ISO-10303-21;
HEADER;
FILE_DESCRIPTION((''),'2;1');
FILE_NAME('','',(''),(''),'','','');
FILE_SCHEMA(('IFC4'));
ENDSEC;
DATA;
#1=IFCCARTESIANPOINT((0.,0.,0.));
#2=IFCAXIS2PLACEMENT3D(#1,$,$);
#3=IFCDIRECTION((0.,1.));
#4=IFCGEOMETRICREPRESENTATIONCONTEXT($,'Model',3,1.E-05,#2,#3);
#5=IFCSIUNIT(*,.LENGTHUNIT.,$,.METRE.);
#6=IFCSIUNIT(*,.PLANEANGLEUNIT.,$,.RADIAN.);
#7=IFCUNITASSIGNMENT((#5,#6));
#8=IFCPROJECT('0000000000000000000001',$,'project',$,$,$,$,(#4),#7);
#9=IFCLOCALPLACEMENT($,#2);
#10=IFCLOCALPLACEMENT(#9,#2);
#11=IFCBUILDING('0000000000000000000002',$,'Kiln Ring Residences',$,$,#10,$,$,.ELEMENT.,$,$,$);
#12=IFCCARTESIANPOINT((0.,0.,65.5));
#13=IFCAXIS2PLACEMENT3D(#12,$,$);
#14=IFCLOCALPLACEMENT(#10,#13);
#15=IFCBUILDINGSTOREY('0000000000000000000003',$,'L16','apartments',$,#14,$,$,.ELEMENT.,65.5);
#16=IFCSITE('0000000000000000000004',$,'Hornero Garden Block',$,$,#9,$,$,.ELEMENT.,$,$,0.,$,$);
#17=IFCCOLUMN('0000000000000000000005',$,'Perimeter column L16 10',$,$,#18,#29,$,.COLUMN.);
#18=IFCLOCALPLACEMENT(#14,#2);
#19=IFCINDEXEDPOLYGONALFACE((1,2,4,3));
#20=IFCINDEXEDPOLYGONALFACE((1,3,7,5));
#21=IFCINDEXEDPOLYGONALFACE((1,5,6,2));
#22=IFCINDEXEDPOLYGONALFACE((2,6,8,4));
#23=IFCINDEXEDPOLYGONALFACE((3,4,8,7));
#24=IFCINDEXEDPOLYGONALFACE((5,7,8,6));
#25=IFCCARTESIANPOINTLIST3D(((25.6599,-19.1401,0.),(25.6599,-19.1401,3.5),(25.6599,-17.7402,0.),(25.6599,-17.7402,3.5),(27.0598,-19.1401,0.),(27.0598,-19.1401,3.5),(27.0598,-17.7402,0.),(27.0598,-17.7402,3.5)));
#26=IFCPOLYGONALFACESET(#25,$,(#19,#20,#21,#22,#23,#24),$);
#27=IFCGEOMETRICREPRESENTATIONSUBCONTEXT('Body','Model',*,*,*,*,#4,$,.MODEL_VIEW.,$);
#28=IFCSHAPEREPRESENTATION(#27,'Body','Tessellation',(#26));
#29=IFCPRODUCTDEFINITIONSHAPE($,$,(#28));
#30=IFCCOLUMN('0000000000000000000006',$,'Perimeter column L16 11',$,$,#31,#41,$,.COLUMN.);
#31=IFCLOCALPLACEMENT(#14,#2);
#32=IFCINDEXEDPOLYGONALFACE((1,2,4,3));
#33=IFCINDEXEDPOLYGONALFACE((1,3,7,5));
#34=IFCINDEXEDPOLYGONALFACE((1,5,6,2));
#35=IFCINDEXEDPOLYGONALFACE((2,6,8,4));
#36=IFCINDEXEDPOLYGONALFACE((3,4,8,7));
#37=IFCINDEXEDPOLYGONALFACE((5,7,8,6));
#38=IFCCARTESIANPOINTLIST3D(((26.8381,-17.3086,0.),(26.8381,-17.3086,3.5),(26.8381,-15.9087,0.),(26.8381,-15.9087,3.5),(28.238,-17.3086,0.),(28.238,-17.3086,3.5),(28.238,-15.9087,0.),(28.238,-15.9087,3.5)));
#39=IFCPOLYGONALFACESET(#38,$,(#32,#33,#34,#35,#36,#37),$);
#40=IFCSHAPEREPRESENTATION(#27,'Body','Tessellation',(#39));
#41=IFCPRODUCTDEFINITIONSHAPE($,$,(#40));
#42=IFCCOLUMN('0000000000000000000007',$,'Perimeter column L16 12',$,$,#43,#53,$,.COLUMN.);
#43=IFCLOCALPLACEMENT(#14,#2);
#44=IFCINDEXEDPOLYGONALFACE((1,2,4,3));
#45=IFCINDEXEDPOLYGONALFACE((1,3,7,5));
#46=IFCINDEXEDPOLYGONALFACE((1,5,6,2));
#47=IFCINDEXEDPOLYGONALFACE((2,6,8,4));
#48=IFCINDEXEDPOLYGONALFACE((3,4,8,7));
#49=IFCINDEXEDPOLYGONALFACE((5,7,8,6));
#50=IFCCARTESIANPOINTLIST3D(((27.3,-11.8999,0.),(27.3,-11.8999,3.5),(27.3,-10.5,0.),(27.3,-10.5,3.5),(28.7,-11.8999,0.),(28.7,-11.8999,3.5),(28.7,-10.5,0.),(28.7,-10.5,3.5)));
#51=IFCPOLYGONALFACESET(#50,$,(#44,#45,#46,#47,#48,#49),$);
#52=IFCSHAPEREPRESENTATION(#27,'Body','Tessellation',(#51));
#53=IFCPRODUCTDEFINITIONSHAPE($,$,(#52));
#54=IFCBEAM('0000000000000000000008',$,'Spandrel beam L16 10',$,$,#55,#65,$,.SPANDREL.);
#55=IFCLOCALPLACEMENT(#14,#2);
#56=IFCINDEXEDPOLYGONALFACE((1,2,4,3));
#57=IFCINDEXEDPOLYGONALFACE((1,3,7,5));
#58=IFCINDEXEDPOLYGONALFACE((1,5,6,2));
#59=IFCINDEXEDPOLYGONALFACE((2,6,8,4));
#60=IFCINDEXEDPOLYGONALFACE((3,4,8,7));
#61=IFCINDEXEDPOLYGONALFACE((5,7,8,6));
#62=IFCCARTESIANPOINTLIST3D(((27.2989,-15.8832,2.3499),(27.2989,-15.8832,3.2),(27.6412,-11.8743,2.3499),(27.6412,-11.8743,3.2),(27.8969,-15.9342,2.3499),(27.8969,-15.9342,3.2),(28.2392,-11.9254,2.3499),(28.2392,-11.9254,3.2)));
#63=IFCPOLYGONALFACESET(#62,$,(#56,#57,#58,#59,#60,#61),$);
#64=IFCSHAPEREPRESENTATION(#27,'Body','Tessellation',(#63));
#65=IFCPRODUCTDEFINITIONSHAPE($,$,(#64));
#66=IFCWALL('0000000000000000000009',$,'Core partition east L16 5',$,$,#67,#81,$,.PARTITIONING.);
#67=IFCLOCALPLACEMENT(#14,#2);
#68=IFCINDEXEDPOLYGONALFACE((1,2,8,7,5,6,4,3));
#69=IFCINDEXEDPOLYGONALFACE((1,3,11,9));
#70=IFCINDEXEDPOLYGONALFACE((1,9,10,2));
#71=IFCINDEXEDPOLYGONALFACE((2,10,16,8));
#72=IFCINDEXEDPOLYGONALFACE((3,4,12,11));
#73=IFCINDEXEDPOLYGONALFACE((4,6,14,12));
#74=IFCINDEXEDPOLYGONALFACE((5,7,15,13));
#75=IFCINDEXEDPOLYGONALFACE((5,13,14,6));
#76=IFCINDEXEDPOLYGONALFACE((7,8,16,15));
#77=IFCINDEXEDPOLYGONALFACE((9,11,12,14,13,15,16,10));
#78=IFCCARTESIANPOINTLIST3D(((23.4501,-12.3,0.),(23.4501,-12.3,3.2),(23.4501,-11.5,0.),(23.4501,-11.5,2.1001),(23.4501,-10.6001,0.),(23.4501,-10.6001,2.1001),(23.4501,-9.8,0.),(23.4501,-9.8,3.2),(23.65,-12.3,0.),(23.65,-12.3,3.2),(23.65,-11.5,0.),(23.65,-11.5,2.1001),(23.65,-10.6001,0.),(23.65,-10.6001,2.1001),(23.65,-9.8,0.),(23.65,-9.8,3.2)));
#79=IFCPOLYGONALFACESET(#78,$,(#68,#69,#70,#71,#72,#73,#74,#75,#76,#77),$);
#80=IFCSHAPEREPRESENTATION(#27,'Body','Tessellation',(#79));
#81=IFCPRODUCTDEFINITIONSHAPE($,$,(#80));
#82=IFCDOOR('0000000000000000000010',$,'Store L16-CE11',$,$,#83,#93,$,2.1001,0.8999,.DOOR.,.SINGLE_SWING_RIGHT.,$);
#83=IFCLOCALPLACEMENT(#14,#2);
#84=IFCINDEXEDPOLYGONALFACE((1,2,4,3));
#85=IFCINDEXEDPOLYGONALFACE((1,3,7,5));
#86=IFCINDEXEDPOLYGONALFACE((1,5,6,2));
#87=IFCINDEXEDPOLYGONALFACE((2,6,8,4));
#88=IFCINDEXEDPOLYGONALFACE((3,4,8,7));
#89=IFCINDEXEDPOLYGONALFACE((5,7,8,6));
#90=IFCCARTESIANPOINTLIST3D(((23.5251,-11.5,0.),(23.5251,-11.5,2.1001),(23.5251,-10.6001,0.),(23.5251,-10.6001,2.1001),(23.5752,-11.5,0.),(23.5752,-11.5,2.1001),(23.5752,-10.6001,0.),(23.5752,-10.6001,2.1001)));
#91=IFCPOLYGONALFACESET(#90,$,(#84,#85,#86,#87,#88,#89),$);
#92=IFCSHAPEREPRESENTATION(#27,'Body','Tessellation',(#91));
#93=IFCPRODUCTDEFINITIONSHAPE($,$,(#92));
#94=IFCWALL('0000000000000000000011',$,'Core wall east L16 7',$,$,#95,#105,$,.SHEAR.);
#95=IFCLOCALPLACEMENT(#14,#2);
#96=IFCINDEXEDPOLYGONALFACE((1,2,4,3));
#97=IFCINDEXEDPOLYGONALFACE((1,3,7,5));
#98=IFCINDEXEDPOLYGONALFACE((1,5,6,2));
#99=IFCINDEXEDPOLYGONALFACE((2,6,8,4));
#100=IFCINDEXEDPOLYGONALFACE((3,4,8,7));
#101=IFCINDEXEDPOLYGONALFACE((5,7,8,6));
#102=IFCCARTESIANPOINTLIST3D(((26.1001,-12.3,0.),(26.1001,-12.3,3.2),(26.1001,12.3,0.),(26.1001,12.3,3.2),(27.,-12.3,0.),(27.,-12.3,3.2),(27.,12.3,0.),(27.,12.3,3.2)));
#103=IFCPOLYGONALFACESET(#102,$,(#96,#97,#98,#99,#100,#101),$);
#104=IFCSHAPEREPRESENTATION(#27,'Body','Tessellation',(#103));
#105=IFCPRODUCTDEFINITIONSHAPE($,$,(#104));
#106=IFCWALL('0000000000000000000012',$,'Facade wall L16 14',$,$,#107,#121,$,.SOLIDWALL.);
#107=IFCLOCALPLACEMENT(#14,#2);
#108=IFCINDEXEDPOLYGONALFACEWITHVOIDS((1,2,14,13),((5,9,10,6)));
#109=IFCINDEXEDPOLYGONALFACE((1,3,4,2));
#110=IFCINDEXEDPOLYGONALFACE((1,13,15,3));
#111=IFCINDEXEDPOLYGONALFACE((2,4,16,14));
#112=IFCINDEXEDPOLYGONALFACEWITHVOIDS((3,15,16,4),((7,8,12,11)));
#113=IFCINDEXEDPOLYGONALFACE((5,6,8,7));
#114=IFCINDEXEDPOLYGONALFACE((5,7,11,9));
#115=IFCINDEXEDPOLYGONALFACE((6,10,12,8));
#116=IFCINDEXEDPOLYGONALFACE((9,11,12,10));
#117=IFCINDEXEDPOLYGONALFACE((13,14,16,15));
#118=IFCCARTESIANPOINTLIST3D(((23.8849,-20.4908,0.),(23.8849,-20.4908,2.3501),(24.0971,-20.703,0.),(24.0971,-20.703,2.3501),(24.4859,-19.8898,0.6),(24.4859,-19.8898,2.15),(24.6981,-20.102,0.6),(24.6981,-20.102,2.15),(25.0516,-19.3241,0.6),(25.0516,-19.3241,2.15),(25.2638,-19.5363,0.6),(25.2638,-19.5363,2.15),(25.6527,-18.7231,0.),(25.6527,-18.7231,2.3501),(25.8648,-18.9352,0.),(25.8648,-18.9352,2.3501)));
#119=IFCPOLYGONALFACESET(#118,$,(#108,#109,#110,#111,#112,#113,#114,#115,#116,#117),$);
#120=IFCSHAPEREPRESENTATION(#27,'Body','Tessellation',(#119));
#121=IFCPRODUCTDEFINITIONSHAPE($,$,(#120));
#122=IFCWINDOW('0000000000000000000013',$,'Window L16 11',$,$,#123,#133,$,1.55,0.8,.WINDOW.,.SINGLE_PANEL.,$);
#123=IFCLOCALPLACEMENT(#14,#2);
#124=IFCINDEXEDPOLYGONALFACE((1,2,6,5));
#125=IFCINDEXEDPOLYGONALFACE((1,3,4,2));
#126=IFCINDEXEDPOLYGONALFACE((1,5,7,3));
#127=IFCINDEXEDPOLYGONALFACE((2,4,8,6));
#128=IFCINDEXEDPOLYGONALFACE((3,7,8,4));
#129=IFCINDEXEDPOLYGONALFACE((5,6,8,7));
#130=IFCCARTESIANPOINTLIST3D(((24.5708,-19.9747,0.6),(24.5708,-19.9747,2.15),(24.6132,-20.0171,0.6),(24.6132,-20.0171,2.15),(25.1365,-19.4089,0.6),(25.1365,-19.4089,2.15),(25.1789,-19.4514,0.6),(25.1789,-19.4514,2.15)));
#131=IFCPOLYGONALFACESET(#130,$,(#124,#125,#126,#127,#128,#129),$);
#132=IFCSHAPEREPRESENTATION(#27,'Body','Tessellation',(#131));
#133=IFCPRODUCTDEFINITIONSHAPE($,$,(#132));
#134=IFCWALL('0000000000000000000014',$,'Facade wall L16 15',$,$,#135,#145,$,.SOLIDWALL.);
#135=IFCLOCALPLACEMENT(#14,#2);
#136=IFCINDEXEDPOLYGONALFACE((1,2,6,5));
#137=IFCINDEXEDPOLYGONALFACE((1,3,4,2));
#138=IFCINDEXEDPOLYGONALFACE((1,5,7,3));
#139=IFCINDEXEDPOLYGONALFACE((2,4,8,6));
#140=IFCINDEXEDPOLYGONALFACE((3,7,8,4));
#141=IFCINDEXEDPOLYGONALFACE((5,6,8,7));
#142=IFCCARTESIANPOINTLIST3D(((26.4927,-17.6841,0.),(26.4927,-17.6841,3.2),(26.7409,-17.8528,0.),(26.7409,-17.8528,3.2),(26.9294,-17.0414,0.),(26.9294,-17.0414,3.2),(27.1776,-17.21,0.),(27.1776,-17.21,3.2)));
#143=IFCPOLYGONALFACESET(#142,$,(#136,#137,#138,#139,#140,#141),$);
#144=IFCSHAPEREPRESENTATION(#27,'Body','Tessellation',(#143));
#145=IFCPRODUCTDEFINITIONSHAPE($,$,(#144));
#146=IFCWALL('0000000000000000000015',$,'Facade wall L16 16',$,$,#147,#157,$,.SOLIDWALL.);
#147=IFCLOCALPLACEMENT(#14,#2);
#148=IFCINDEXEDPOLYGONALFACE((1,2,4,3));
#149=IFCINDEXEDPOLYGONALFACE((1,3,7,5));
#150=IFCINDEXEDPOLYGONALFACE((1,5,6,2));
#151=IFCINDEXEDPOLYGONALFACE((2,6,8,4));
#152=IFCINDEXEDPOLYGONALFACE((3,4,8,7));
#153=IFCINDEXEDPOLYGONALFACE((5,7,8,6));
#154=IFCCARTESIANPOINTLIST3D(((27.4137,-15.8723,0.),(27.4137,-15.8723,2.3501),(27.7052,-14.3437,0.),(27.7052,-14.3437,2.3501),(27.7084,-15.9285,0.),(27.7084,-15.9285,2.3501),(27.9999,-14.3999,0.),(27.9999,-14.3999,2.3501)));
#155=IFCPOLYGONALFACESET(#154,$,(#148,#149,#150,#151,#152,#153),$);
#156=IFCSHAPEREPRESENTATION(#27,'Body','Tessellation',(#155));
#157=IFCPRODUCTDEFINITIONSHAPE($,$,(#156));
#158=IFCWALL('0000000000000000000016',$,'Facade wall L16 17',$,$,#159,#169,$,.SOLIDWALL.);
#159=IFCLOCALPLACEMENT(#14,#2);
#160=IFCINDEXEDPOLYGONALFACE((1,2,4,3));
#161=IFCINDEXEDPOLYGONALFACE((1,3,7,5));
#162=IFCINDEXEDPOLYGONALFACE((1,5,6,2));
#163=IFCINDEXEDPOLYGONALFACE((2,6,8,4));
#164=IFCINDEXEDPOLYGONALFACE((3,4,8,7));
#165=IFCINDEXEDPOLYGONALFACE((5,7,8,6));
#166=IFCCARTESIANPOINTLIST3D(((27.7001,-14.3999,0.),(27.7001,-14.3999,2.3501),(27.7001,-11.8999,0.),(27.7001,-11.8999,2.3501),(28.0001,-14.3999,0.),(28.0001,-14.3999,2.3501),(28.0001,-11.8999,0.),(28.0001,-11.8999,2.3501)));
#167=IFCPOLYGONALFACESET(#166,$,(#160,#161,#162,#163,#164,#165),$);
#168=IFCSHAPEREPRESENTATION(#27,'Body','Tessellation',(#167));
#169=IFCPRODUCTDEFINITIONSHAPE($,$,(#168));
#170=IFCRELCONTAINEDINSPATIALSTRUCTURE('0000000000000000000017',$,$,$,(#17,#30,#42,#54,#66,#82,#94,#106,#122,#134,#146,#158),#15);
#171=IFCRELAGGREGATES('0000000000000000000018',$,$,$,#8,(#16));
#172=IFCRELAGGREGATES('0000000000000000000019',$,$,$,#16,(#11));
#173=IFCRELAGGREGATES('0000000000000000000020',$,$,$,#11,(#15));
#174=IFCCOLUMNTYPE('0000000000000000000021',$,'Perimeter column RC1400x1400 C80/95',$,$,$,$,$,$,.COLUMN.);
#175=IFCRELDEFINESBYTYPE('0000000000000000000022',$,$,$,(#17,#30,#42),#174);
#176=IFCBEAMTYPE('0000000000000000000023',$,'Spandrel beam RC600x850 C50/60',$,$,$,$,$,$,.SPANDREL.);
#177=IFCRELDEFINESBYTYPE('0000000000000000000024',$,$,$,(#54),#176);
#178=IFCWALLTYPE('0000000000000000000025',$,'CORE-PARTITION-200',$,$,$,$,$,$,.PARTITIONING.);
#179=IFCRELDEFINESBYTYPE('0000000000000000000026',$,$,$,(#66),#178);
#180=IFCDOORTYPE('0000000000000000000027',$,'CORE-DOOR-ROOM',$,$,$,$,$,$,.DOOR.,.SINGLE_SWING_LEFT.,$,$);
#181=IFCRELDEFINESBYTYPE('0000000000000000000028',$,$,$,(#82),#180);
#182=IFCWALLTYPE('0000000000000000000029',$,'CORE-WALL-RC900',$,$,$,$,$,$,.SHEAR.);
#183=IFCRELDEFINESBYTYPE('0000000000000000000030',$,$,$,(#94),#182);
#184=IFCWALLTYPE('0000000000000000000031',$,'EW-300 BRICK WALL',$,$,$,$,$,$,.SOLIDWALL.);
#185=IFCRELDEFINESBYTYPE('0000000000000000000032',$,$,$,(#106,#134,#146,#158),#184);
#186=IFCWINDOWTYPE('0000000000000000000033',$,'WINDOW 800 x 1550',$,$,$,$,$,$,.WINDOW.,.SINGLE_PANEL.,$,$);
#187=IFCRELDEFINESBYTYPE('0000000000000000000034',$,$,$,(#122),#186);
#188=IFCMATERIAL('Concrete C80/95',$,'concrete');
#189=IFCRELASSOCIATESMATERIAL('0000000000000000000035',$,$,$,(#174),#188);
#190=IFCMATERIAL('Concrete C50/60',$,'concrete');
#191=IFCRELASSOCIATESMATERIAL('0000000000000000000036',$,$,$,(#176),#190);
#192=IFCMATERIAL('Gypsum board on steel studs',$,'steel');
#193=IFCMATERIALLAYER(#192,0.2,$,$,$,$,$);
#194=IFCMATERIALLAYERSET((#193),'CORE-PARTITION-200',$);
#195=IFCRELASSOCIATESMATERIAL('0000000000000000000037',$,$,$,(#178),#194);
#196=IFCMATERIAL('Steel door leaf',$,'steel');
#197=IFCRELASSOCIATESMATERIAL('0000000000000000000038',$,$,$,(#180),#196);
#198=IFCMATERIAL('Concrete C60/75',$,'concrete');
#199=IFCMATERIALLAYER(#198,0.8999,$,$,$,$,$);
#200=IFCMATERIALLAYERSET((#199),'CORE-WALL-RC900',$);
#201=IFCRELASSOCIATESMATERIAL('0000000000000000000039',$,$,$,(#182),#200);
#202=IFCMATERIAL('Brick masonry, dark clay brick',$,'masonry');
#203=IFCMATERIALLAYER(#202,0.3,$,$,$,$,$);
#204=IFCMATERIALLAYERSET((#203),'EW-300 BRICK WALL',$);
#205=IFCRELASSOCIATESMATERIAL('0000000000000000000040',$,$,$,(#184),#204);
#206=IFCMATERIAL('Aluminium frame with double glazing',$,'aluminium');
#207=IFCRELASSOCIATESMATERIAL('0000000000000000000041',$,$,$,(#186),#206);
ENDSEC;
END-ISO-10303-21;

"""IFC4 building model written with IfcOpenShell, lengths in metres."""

from ifc_helpers import new_model, si_unit, direction, frame, frame_2d, origin, origin_2d, place, context, subcontext, project, spatial, rectangle, extrude, material, layer, layer_set, material_profile, profile_set, type_object, element, fill, save


model = new_model("IFC4")

# Units and contexts
model_context = context("Model", 3, precision=1e-05, world=origin(), true_north=direction((0.0, 1.0)))
body_context = subcontext(model_context, "Body", "Model", "MODEL_VIEW")
ifc_project = project(units=[si_unit("LENGTHUNIT", "METRE"), si_unit("PLANEANGLEUNIT", "RADIAN")], contexts=[model_context])

# Site, building, storey
site_placement = place(None, origin())
site = spatial("IfcSite", under=ifc_project, at=site_placement, Name="Hornero Garden Block", CompositionType="ELEMENT", RefElevation=0.0)
building_placement = place(site_placement, origin())
building = spatial("IfcBuilding", under=site, at=building_placement, Name="Kiln Ring Residences", CompositionType="ELEMENT")
storey_placement = place(building_placement, frame((0.0, 0.0, 65.5)))
storey = spatial("IfcBuildingStorey", under=building, at=storey_placement, Name="L16", Description="apartments", CompositionType="ELEMENT", Elevation=65.5)

# Columns
ifc_material_1 = material(Name="Concrete C80/95", Category="concrete")
ifc_material_profile_1 = material_profile(ifc_material_1, rectangle(XDim=1.3999, YDim=1.3999, at=origin_2d()), Name="RC1400x1400")
ifc_profile_set_1 = profile_set([ifc_material_profile_1], Name="Concrete C80/95")
column_type = type_object("IfcColumnType", Name="Perimeter column RC1400x1400 C80/95", PredefinedType="COLUMN", material=ifc_profile_set_1)
for number, where, z_axis, x_axis, name in (
    (1, (26.3599, -18.4402, 0.0), (0.0, 0.0, 1.0), (1.0, 0.0, 0.0), "Perimeter column L16 10"),
    (2, (27.5381, -16.6086, 0.0), (0.0, 0.0, 1.0), (1.0, 0.0, 0.0), "Perimeter column L16 11"),
    (3, (28.0, -11.2, 0.0), (0.0, 0.0, 1.0), (1.0, 0.0, 0.0), "Perimeter column L16 12"),
):
    element("IfcColumn", number, at=place(storey_placement, frame(where, z_axis=z_axis, x_axis=x_axis)), inside=storey, type_object=column_type, Name=name, PredefinedType="COLUMN", context=body_context, shape_type="SweptSolid", body=[
        extrude(rectangle(XDim=1.3999, YDim=1.3999, at=origin_2d()), origin(), (0.0, 0.0, 1.0), 3.5),
    ])

# Beam
ifc_material_2 = material(Name="Concrete C50/60", Category="concrete")
ifc_material_profile_2 = material_profile(ifc_material_2, rectangle(XDim=0.6001, YDim=0.8501, at=origin_2d()), Name="RC600x850")
ifc_profile_set_2 = profile_set([ifc_material_profile_2], Name="Concrete C50/60")
beam_type = type_object("IfcBeamType", Name="Spandrel beam RC600x850 C50/60", PredefinedType="SPANDREL", material=ifc_profile_set_2)
beam_placement = place(storey_placement, frame((27.5979, -15.9087, 2.7749), z_axis=(0.085074, 0.996375, 0.0), x_axis=(-0.996375, 0.085074, 0.0)))
element("IfcBeam", 4, at=beam_placement, inside=storey, type_object=beam_type, Name="Spandrel beam L16 10", PredefinedType="SPANDREL", context=body_context, shape_type="SweptSolid", body=[
    extrude(rectangle(XDim=0.6001, YDim=0.8501, at=origin_2d()), origin(), (0.0, 0.0, 1.0), 4.0234),
])

# Wall, opening, door
ifc_material_3 = material(Name="Gypsum board on steel studs", Category="steel")
ifc_layer_1 = layer(ifc_material_3, 0.2)
ifc_layer_set_1 = layer_set([ifc_layer_1], Name="CORE-PARTITION-200")
wall_type_1 = type_object("IfcWallType", Name="CORE-PARTITION-200", PredefinedType="PARTITIONING", material=ifc_layer_set_1)
wall_1_placement = place(storey_placement, frame((23.55, -12.3, 0.0), z_axis=(0.0, 0.0, 1.0), x_axis=(0.0, 1.0, 0.0)))
wall_1 = element("IfcWall", 5, at=wall_1_placement, inside=storey, type_object=wall_type_1, Name="Core partition east L16 5", PredefinedType="PARTITIONING", context=body_context, shape_type="SweptSolid", body=[
    extrude(rectangle(XDim=2.5, YDim=0.2, at=frame_2d((1.25, 0.0))), origin(), (0.0, 0.0, 1.0), 3.2),
])
opening_1_placement = place(wall_1_placement, frame((0.8, 0.0, 0.0)))
opening_1 = element("IfcOpeningElement", 6, at=opening_1_placement, cuts=wall_1, PredefinedType="OPENING", context=body_context, shape_type="SweptSolid", body=[
    extrude(rectangle(XDim=0.8999, YDim=2.1001, at=frame_2d((0.45, 1.05))), frame((0.0, 0.1099, 0.0), z_axis=(0.0, -1.0, 0.0), x_axis=(1.0, 0.0, 0.0)), (0.0, 0.0, 1.0), 0.22),
])
ifc_material_4 = material(Name="Steel door leaf", Category="steel")
door_type = type_object("IfcDoorType", Name="CORE-DOOR-ROOM", OperationType="SINGLE_SWING_LEFT", PredefinedType="DOOR", material=ifc_material_4)
door_placement = place(opening_1_placement, origin())
door = element("IfcDoor", 7, at=door_placement, inside=storey, type_object=door_type, Name="Store L16-CE11", OperationType="SINGLE_SWING_RIGHT", OverallHeight=2.1001, OverallWidth=0.8999, PredefinedType="DOOR", context=body_context, shape_type="SweptSolid", body=[
    extrude(rectangle(XDim=0.8999, YDim=2.1001, at=frame_2d((0.45, 1.05))), frame((0.0, 0.0249, 0.0), z_axis=(0.0, -1.0, 0.0), x_axis=(1.0, 0.0, 0.0)), (0.0, 0.0, 1.0), 0.05),
])
fill(opening_1, door)

# Wall
ifc_material_5 = material(Name="Concrete C60/75", Category="concrete")
ifc_layer_2 = layer(ifc_material_5, 0.8999)
ifc_layer_set_2 = layer_set([ifc_layer_2], Name="CORE-WALL-RC900")
wall_type_2 = type_object("IfcWallType", Name="CORE-WALL-RC900", PredefinedType="SHEAR", material=ifc_layer_set_2)
wall_2_placement = place(storey_placement, frame((26.55, -12.3, 0.0), z_axis=(0.0, 0.0, 1.0), x_axis=(0.0, 1.0, 0.0)))
element("IfcWall", 8, at=wall_2_placement, inside=storey, type_object=wall_type_2, Name="Core wall east L16 7", PredefinedType="SHEAR", context=body_context, shape_type="SweptSolid", body=[
    extrude(rectangle(XDim=24.6001, YDim=0.8999, at=frame_2d((12.3, 0.0))), origin(), (0.0, 0.0, 1.0), 3.2),
])

# Wall, opening, window
ifc_material_6 = material(Name="Brick masonry, dark clay brick", Category="masonry")
ifc_layer_3 = layer(ifc_material_6, 0.3)
ifc_layer_set_3 = layer_set([ifc_layer_3], Name="EW-300 BRICK WALL")
wall_type_3 = type_object("IfcWallType", Name="EW-300 BRICK WALL", PredefinedType="SOLIDWALL", material=ifc_layer_set_3)
wall_3_placement = place(storey_placement, frame((23.991, -20.5969, 0.0), z_axis=(0.0, 0.0, 1.0), x_axis=(0.707107, 0.707107, 0.0)))
wall_3 = element("IfcWall", 9, at=wall_3_placement, inside=storey, type_object=wall_type_3, Name="Facade wall L16 14", PredefinedType="SOLIDWALL", context=body_context, shape_type="SweptSolid", body=[
    extrude(rectangle(XDim=2.5, YDim=0.3, at=frame_2d((1.25, 0.0))), origin(), (0.0, 0.0, 1.0), 2.3501),
])
opening_2_placement = place(wall_3_placement, frame((0.8501, 0.0, 0.6001)))
opening_2 = element("IfcOpeningElement", 10, at=opening_2_placement, cuts=wall_3, PredefinedType="OPENING", context=body_context, shape_type="SweptSolid", body=[
    extrude(rectangle(XDim=0.8, YDim=1.55, at=frame_2d((0.3999, 0.7749))), frame((0.0, 0.1599, 0.0), z_axis=(0.0, -1.0, 0.0), x_axis=(1.0, 0.0, 0.0)), (0.0, 0.0, 1.0), 0.3201),
])
ifc_material_7 = material(Name="Aluminium frame with double glazing", Category="aluminium")
window_type = type_object("IfcWindowType", Name="WINDOW 800 x 1550", PartitioningType="SINGLE_PANEL", PredefinedType="WINDOW", material=ifc_material_7)
window_placement = place(opening_2_placement, origin())
window = element("IfcWindow", 11, at=window_placement, inside=storey, type_object=window_type, Name="Window L16 11", OverallHeight=1.55, OverallWidth=0.8, PartitioningType="SINGLE_PANEL", PredefinedType="WINDOW", context=body_context, shape_type="SweptSolid", body=[
    extrude(rectangle(XDim=0.8, YDim=1.55, at=frame_2d((0.3999, 0.7749))), frame((0.0, 0.03, 0.0), z_axis=(0.0, -1.0, 0.0), x_axis=(1.0, 0.0, 0.0)), (0.0, 0.0, 1.0), 0.0601),
])
fill(opening_2, window)

# Walls
wall_4_placement = place(storey_placement, frame((26.6167, -17.7686, 0.0), z_axis=(0.0, 0.0, 1.0), x_axis=(0.562001, 0.827137, 0.0)))
element("IfcWall", 12, at=wall_4_placement, inside=storey, type_object=wall_type_3, Name="Facade wall L16 15", PredefinedType="SOLIDWALL", context=body_context, shape_type="SweptSolid", body=[
    extrude(rectangle(XDim=0.7771, YDim=0.3, at=frame_2d((0.3887, 0.0))), origin(), (0.0, 0.0, 1.0), 3.2),
])
wall_5_placement = place(storey_placement, frame((27.561, -15.9004, 0.0), z_axis=(0.0, 0.0, 1.0), x_axis=(0.187328, 0.982297, 0.0)))
element("IfcWall", 13, at=wall_5_placement, inside=storey, type_object=wall_type_3, Name="Facade wall L16 16", PredefinedType="SOLIDWALL", context=body_context, shape_type="SweptSolid", body=[
    extrude(rectangle(XDim=1.5562, YDim=0.3, at=frame_2d((0.7781, 0.0))), origin(), (0.0, 0.0, 1.0), 2.3501),
])
wall_6_placement = place(storey_placement, frame((27.8501, -14.3999, 0.0), z_axis=(0.0, 0.0, 1.0), x_axis=(0.0, 1.0, 0.0)))
element("IfcWall", 14, at=wall_6_placement, inside=storey, type_object=wall_type_3, Name="Facade wall L16 17", PredefinedType="SOLIDWALL", context=body_context, shape_type="SweptSolid", body=[
    extrude(rectangle(XDim=2.5, YDim=0.3, at=frame_2d((1.25, 0.0))), origin(), (0.0, 0.0, 1.0), 2.3501),
])

save(model, "model.ifc")
